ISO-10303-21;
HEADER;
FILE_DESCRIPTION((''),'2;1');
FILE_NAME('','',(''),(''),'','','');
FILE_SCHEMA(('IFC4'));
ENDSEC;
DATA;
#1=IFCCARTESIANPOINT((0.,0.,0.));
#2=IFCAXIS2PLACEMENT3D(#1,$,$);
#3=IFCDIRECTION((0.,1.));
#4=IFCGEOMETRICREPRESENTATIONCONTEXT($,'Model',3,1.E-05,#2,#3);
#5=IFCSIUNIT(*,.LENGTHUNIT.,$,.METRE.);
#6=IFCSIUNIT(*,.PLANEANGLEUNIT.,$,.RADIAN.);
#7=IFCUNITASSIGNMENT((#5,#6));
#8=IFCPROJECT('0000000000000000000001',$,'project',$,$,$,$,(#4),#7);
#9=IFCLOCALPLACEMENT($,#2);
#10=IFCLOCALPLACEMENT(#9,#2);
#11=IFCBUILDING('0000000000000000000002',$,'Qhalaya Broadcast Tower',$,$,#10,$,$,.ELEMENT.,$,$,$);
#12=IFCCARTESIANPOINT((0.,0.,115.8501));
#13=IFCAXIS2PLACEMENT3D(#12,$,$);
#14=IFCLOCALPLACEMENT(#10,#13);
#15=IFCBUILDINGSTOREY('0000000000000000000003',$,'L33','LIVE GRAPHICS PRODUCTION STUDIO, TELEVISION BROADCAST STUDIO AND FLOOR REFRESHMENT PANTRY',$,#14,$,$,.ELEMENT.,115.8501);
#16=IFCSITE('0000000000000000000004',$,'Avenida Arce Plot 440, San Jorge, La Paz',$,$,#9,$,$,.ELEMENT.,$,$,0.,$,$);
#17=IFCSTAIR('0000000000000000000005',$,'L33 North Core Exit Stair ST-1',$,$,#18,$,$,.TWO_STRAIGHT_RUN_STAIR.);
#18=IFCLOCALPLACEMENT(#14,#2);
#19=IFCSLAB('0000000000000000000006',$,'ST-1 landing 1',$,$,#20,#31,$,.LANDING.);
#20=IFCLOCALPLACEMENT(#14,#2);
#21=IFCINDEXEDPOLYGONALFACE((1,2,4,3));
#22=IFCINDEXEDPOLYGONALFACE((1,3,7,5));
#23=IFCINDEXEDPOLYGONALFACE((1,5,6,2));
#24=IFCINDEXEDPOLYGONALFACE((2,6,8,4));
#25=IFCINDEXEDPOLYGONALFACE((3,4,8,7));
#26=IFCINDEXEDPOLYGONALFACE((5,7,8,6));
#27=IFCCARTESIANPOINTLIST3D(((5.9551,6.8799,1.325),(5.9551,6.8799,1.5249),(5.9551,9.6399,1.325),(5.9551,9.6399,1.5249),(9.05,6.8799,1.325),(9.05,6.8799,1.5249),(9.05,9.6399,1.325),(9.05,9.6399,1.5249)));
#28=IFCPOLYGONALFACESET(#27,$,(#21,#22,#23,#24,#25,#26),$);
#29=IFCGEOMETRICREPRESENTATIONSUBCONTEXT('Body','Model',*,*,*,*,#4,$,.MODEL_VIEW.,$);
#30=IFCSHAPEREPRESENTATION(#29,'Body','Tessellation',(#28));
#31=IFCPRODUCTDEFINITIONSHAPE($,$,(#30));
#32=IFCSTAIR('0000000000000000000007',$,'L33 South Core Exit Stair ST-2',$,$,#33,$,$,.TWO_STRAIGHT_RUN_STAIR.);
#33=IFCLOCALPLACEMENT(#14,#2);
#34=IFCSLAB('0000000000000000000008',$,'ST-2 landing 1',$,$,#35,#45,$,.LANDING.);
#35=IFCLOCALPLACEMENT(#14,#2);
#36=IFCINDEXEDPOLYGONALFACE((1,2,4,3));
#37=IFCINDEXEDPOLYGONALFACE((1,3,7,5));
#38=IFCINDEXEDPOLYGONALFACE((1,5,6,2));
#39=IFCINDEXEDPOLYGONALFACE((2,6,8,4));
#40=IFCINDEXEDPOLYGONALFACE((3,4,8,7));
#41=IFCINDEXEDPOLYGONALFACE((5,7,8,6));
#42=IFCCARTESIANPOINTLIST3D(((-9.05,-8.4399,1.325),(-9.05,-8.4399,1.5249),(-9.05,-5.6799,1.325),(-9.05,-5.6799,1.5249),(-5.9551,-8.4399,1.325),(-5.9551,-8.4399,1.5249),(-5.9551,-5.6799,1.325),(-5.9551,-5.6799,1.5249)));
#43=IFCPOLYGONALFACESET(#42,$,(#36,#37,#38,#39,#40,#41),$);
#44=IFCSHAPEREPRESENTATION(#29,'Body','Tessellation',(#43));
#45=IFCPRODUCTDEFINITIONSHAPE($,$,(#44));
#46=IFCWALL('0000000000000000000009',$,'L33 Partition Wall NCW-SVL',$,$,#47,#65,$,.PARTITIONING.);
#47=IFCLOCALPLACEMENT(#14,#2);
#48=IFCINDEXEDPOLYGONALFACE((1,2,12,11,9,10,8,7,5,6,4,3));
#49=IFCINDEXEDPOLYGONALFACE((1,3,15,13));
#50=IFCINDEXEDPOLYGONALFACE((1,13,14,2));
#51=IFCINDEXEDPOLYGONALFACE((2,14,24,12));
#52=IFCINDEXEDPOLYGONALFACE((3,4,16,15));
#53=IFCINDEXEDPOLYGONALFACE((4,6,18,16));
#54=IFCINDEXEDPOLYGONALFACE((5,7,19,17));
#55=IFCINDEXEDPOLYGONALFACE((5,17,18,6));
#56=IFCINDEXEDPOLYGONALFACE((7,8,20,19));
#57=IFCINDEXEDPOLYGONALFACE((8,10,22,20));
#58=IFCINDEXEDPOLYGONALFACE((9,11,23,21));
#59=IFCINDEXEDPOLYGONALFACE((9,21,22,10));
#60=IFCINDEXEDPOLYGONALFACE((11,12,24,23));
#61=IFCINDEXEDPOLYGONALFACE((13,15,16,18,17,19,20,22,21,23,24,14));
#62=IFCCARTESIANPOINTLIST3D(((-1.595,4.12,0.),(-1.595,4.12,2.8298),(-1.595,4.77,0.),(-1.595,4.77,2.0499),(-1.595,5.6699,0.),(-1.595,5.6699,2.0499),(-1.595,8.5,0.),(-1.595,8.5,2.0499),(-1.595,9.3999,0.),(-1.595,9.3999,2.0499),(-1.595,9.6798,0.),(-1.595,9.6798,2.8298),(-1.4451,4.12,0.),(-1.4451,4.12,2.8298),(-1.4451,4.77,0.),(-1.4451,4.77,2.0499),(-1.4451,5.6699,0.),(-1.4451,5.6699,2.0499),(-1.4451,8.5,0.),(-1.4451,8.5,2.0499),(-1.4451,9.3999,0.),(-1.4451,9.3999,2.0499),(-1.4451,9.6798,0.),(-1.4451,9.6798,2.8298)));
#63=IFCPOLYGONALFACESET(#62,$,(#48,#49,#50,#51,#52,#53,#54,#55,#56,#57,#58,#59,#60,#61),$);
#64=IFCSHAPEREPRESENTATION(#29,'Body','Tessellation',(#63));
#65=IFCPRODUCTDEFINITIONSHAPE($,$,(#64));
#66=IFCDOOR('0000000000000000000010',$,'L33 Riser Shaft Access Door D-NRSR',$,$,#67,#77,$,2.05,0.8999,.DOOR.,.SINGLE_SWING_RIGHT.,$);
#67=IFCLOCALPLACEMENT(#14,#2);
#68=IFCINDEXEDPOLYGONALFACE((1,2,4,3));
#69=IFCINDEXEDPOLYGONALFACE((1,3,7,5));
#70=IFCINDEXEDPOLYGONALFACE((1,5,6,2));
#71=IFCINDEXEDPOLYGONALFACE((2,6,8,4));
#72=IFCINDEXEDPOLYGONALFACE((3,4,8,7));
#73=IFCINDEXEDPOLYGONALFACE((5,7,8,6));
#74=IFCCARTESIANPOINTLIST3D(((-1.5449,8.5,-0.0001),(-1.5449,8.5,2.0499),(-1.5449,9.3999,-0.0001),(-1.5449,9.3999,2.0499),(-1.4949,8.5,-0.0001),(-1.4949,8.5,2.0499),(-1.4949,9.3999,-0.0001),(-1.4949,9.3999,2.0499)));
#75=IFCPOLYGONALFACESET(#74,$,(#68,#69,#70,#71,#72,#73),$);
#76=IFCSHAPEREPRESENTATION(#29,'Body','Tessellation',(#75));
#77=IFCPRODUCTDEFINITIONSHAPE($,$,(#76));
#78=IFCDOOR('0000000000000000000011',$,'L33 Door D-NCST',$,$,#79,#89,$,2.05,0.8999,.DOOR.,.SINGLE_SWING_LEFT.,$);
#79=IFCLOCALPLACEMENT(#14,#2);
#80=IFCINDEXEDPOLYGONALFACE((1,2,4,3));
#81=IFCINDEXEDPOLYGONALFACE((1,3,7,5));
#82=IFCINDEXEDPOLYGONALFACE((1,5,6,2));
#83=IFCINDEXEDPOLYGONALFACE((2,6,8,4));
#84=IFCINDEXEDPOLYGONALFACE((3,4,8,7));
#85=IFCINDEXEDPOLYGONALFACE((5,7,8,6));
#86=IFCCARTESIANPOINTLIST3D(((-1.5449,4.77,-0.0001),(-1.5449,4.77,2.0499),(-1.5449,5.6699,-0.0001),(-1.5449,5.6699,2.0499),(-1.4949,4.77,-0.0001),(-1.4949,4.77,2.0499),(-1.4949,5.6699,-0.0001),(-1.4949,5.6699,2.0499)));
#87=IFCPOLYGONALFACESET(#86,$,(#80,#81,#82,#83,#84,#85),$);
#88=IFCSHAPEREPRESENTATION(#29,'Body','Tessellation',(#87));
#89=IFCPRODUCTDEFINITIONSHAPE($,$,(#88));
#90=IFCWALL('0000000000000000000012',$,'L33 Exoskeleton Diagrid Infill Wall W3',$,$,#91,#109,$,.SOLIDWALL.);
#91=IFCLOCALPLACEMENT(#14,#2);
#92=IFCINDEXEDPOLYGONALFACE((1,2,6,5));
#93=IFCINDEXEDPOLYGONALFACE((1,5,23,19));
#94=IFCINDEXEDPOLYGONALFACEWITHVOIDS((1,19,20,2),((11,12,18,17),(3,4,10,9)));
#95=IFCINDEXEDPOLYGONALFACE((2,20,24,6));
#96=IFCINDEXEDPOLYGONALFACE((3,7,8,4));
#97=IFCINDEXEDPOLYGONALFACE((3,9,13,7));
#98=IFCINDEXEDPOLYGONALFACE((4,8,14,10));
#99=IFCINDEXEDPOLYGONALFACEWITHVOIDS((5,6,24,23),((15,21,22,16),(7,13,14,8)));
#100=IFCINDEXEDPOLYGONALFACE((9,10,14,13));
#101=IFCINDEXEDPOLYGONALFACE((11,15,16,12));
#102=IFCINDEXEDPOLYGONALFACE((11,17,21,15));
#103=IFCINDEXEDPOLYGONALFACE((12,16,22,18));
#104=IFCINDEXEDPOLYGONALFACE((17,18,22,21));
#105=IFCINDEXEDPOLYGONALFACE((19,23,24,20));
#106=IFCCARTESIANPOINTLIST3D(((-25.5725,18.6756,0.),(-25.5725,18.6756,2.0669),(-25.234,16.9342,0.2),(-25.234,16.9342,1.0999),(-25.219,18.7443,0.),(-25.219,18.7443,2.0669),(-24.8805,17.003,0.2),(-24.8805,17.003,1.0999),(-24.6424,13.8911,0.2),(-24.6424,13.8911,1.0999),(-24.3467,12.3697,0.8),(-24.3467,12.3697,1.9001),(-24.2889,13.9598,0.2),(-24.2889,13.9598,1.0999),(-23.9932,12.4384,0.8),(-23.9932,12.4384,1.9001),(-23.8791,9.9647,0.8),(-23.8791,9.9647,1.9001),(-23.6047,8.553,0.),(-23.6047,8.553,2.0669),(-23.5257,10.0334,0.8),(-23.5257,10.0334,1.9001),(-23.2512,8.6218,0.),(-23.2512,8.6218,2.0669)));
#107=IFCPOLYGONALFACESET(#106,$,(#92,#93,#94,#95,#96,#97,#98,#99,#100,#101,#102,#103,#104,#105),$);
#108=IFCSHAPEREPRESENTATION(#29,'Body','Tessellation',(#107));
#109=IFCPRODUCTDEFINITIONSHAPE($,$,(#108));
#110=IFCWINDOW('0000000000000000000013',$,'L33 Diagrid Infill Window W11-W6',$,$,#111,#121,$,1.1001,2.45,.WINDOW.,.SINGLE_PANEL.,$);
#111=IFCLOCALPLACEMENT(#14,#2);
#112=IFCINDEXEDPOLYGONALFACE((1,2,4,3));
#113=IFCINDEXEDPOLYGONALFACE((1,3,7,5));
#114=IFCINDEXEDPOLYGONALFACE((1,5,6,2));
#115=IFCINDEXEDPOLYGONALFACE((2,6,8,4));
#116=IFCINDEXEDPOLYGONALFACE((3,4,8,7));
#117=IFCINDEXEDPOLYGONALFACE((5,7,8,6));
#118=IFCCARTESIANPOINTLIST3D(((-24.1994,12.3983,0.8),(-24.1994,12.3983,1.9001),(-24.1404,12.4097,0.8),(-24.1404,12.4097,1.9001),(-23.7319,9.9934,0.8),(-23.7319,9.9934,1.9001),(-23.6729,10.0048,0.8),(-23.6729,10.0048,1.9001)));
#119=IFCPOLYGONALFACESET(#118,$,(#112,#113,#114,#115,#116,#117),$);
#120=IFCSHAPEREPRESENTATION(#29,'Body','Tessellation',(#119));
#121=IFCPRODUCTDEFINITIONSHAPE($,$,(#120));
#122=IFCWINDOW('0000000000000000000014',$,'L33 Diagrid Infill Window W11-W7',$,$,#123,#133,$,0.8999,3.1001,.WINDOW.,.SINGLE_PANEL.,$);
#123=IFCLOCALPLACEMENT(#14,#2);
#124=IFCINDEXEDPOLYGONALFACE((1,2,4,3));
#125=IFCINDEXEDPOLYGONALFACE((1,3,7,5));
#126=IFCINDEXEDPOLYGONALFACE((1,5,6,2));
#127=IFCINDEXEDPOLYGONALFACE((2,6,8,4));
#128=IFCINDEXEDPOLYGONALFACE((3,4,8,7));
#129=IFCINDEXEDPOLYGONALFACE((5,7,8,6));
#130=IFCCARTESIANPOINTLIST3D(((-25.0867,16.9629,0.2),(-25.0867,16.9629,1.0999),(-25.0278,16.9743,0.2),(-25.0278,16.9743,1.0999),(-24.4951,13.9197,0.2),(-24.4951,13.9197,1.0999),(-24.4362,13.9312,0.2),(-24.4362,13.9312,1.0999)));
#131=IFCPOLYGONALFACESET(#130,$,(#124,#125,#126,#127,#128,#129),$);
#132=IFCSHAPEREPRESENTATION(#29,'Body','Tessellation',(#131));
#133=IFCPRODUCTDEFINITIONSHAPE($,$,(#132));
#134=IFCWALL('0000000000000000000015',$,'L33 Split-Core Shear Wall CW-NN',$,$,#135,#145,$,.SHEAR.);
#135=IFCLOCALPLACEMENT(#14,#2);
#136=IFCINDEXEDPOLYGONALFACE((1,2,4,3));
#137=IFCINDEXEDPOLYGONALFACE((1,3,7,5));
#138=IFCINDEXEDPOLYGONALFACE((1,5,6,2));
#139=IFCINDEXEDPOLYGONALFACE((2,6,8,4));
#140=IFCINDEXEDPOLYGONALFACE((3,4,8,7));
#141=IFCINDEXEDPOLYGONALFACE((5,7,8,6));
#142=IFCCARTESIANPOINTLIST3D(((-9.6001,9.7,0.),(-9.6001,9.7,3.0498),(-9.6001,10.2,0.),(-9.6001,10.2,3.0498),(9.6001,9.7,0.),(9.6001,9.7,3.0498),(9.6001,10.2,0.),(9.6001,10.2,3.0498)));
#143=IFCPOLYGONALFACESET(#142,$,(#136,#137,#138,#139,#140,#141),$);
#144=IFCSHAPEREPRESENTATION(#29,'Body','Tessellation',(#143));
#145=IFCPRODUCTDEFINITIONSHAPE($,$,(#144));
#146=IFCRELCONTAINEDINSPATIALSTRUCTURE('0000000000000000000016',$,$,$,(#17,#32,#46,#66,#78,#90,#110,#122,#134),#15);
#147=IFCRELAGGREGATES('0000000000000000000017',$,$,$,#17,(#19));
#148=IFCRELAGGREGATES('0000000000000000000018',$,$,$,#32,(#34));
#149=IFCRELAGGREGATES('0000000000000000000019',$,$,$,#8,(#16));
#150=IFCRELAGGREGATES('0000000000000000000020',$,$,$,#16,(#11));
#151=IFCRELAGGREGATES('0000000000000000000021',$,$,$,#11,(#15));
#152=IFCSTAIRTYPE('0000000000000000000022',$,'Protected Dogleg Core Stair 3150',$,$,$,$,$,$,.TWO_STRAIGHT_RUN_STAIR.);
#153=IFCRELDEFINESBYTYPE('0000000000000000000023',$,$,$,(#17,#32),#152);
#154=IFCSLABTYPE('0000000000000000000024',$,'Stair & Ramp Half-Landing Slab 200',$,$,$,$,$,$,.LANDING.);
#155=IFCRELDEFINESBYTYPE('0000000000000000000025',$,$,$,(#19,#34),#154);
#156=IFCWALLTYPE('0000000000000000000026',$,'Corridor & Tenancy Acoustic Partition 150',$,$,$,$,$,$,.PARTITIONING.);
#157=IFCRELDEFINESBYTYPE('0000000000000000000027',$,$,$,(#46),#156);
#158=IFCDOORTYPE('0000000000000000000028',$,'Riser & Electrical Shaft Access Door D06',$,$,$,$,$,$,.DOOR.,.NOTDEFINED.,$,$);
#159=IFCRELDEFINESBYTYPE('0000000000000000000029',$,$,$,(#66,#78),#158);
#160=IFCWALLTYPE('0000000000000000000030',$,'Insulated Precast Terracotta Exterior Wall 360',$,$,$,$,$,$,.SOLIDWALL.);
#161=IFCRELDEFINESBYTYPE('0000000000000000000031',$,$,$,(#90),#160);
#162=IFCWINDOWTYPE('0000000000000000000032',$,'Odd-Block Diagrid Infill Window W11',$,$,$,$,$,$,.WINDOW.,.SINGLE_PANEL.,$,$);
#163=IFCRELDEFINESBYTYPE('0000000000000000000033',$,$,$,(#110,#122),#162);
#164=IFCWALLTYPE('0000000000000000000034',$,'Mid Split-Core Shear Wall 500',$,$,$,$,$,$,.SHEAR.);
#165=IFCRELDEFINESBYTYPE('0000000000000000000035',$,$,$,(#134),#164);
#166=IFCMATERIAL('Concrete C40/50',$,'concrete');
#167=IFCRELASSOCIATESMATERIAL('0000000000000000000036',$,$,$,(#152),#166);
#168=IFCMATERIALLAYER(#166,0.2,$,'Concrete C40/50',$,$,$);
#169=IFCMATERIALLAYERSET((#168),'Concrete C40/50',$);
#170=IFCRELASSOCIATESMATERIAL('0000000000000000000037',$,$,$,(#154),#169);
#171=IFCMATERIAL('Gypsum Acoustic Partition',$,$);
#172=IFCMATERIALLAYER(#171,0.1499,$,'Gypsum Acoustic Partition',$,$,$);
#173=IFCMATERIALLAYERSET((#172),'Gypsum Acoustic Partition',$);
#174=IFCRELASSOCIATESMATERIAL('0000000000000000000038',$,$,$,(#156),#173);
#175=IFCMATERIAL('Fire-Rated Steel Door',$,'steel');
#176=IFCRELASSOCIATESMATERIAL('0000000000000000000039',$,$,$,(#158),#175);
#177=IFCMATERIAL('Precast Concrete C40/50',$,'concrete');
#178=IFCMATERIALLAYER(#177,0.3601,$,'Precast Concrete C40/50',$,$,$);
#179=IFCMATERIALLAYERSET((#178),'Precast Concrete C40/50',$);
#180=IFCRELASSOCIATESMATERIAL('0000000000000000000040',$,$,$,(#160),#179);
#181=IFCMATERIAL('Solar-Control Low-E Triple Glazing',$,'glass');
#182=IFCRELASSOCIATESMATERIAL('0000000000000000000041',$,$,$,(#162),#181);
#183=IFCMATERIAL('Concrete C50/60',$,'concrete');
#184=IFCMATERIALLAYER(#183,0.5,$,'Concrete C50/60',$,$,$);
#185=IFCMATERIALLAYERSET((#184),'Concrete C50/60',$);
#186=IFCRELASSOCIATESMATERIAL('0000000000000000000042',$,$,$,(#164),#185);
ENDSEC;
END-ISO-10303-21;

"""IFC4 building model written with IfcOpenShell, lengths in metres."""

from ifc_helpers import new_model, si_unit, direction, frame, frame_2d, origin, place, context, subcontext, project, spatial, polyline, rectangle, outline, extrude, material, layer, layer_set, type_object, element, fill, aggregate, save


model = new_model("IFC4")

# Units and contexts
model_context = context("Model", 3, precision=1e-05, world=origin(), true_north=direction((0.0, 1.0)))
body_context = subcontext(model_context, "Body", "Model", "MODEL_VIEW")
ifc_project = project(units=[si_unit("LENGTHUNIT", "METRE"), si_unit("PLANEANGLEUNIT", "RADIAN")], contexts=[model_context])

# Site, building, storey
site_placement = place(None, origin())
site = spatial("IfcSite", under=ifc_project, at=site_placement, Name="Avenida Arce Plot 440, San Jorge, La Paz", CompositionType="ELEMENT", RefElevation=0.0)
building_placement = place(site_placement, origin())
building = spatial("IfcBuilding", under=site, at=building_placement, Name="Qhalaya Broadcast Tower", CompositionType="ELEMENT")
storey_placement = place(building_placement, frame((0.0, 0.0, 115.8501)))
storey = spatial("IfcBuildingStorey", under=building, at=storey_placement, Name="L33", Description="LIVE GRAPHICS PRODUCTION STUDIO, TELEVISION BROADCAST STUDIO AND FLOOR REFRESHMENT PANTRY", CompositionType="ELEMENT", Elevation=115.8501)

# Shared definitions
ifc_material_1 = material(Name="Concrete C50/60", Category="concrete")

# Stairs, slabs
ifc_material_2 = material(Name="Concrete C40/50", Category="concrete")
stair_type = type_object("IfcStairType", Name="Protected Dogleg Core Stair 3150", PredefinedType="TWO_STRAIGHT_RUN_STAIR", material=ifc_material_2)
stair_1_placement = place(storey_placement, origin())
stair_1 = element("IfcStair", 1, at=stair_1_placement, inside=storey, type_object=stair_type, Name="L33 North Core Exit Stair ST-1", PredefinedType="TWO_STRAIGHT_RUN_STAIR")
ifc_layer_1 = layer(ifc_material_2, 0.2, Name="Concrete C40/50")
ifc_layer_set_1 = layer_set([ifc_layer_1], Name="Concrete C40/50")
slab_type = type_object("IfcSlabType", Name="Stair & Ramp Half-Landing Slab 200", PredefinedType="LANDING", material=ifc_layer_set_1)
slab_1_placement = place(storey_placement, frame((0.0, 0.0, 1.325)))
slab_1 = element("IfcSlab", 2, at=slab_1_placement, type_object=slab_type, Name="ST-1 landing 1", PredefinedType="LANDING", context=body_context, shape_type="SweptSolid", body=[
    extrude(outline(polyline([(5.9551, 6.8799), (9.05, 6.8799), (9.05, 9.6399), (5.9551, 9.6399), (5.9551, 6.8799)])), origin(), (0.0, 0.0, 1.0), 0.2),
])
aggregate(stair_1, [slab_1])
stair_2_placement = place(storey_placement, origin())
stair_2 = element("IfcStair", 3, at=stair_2_placement, inside=storey, type_object=stair_type, Name="L33 South Core Exit Stair ST-2", PredefinedType="TWO_STRAIGHT_RUN_STAIR")
slab_2_placement = place(storey_placement, frame((0.0, 0.0, 1.325)))
slab_2 = element("IfcSlab", 4, at=slab_2_placement, type_object=slab_type, Name="ST-2 landing 1", PredefinedType="LANDING", context=body_context, shape_type="SweptSolid", body=[
    extrude(outline(polyline([(-5.9551, -5.6799), (-9.05, -5.6799), (-9.05, -8.4399), (-5.9551, -8.4399), (-5.9551, -5.6799)])), origin(), (0.0, 0.0, 1.0), 0.2),
])
aggregate(stair_2, [slab_2])

# Wall, openings, doors
ifc_material_3 = material(Name="Gypsum Acoustic Partition")
ifc_layer_2 = layer(ifc_material_3, 0.1499, Name="Gypsum Acoustic Partition")
ifc_layer_set_2 = layer_set([ifc_layer_2], Name="Gypsum Acoustic Partition")
wall_type_1 = type_object("IfcWallType", Name="Corridor & Tenancy Acoustic Partition 150", PredefinedType="PARTITIONING", material=ifc_layer_set_2)
wall_1_placement = place(storey_placement, frame((-1.52, 4.1201, 0.0), z_axis=(0.0, 0.0, 1.0), x_axis=(0.0, 1.0, 0.0)))
wall_1 = element("IfcWall", 5, at=wall_1_placement, inside=storey, type_object=wall_type_1, Name="L33 Partition Wall NCW-SVL", PredefinedType="PARTITIONING", context=body_context, shape_type="SweptSolid", body=[
    extrude(rectangle(XDim=5.5598, YDim=0.1499, at=frame_2d((2.7798, 0.0))), origin(), (0.0, 0.0, 1.0), 2.8298),
])
opening_1_placement = place(wall_1_placement, frame((4.3799, 0.0, 0.0)))
opening_1 = element("IfcOpeningElement", 6, at=opening_1_placement, cuts=wall_1, PredefinedType="OPENING", context=body_context, shape_type="SweptSolid", body=[
    extrude(rectangle(XDim=0.8999, YDim=2.05, at=frame_2d((0.45, 1.0249))), frame((0.0, 0.0869, 0.0), z_axis=(0.0, -1.0, 0.0), x_axis=(1.0, 0.0, 0.0)), (0.0, 0.0, 1.0), 0.1738),
])
opening_2_placement = place(wall_1_placement, frame((0.6499, 0.0, 0.0)))
opening_2 = element("IfcOpeningElement", 7, at=opening_2_placement, cuts=wall_1, PredefinedType="OPENING", context=body_context, shape_type="SweptSolid", body=[
    extrude(rectangle(XDim=0.8999, YDim=2.05, at=frame_2d((0.45, 1.0249))), frame((0.0, 0.0869, 0.0), z_axis=(0.0, -1.0, 0.0), x_axis=(1.0, 0.0, 0.0)), (0.0, 0.0, 1.0), 0.1738),
])
ifc_material_4 = material(Name="Fire-Rated Steel Door", Category="steel")
door_type_1 = type_object("IfcDoorType", Name="Riser & Electrical Shaft Access Door D06", OperationType="NOTDEFINED", PredefinedType="DOOR", material=ifc_material_4)
door_1_placement = place(opening_1_placement, origin())
door_1 = element("IfcDoor", 8, at=door_1_placement, inside=storey, type_object=door_type_1, Name="L33 Riser Shaft Access Door D-NRSR", OperationType="SINGLE_SWING_RIGHT", OverallHeight=2.05, OverallWidth=0.8999, PredefinedType="DOOR", context=body_context, shape_type="SweptSolid", body=[
    extrude(rectangle(XDim=0.8999, YDim=2.05, at=frame_2d((0.45, 1.0249))), frame((0.0, 0.0249, 0.0), z_axis=(0.0, -1.0, 0.0), x_axis=(1.0, 0.0, 0.0)), (0.0, 0.0, 1.0), 0.05),
])
fill(opening_1, door_1)
door_2_placement = place(opening_2_placement, origin())
door_2 = element("IfcDoor", 9, at=door_2_placement, inside=storey, type_object=door_type_1, Name="L33 Door D-NCST", OperationType="SINGLE_SWING_LEFT", OverallHeight=2.05, OverallWidth=0.8999, PredefinedType="DOOR", context=body_context, shape_type="SweptSolid", body=[
    extrude(rectangle(XDim=0.8999, YDim=2.05, at=frame_2d((0.45, 1.0249))), frame((0.0, 0.0249, 0.0), z_axis=(0.0, -1.0, 0.0), x_axis=(1.0, 0.0, 0.0)), (0.0, 0.0, 1.0), 0.05),
])
fill(opening_2, door_2)

# Wall, openings, windows
ifc_material_5 = material(Name="Precast Concrete C40/50", Category="concrete")
ifc_layer_3 = layer(ifc_material_5, 0.3601, Name="Precast Concrete C40/50")
ifc_layer_set_3 = layer_set([ifc_layer_3], Name="Precast Concrete C40/50")
wall_type_2 = type_object("IfcWallType", Name="Insulated Precast Terracotta Exterior Wall 360", PredefinedType="SOLIDWALL", material=ifc_layer_set_3)
wall_2_placement = place(storey_placement, frame((-23.428, 8.5874, 0.0), z_axis=(0.0, 0.0, 1.0), x_axis=(-0.190823, 0.981625, 0.0)))
wall_2 = element("IfcWall", 10, at=wall_2_placement, inside=storey, type_object=wall_type_2, Name="L33 Exoskeleton Diagrid Infill Wall W3", PredefinedType="SOLIDWALL", context=body_context, shape_type="SweptSolid", body=[
    extrude(rectangle(XDim=10.312, YDim=0.3601, at=frame_2d((5.156, 0.0))), origin(), (0.0, 0.0, 1.0), 2.0669),
])
opening_3_placement = place(wall_2_placement, frame((1.438, 0.0, 0.8)))
opening_3 = element("IfcOpeningElement", 11, at=opening_3_placement, cuts=wall_2, PredefinedType="OPENING", context=body_context, shape_type="SweptSolid", body=[
    extrude(rectangle(XDim=2.45, YDim=1.1001, at=frame_2d((1.2251, 0.55))), frame((0.0, 0.1921, 0.0), z_axis=(0.0, -1.0, 0.0), x_axis=(1.0, 0.0, 0.0)), (0.0, 0.0, 1.0), 0.384),
])
opening_4_placement = place(wall_2_placement, frame((5.438, 0.0, 0.2)))
opening_4 = element("IfcOpeningElement", 12, at=opening_4_placement, cuts=wall_2, PredefinedType="OPENING", context=body_context, shape_type="SweptSolid", body=[
    extrude(rectangle(XDim=3.1001, YDim=0.8999, at=frame_2d((1.55, 0.45))), frame((0.0, 0.1921, 0.0), z_axis=(0.0, -1.0, 0.0), x_axis=(1.0, 0.0, 0.0)), (0.0, 0.0, 1.0), 0.384),
])
ifc_material_6 = material(Name="Solar-Control Low-E Triple Glazing", Category="glass")
window_type = type_object("IfcWindowType", Name="Odd-Block Diagrid Infill Window W11", PartitioningType="SINGLE_PANEL", PredefinedType="WINDOW", material=ifc_material_6)
window_1_placement = place(opening_3_placement, origin())
window_1 = element("IfcWindow", 13, at=window_1_placement, inside=storey, type_object=window_type, Name="L33 Diagrid Infill Window W11-W6", OverallHeight=1.1001, OverallWidth=2.45, PartitioningType="SINGLE_PANEL", PredefinedType="WINDOW", context=body_context, shape_type="SweptSolid", body=[
    extrude(rectangle(XDim=2.45, YDim=1.1001, at=frame_2d((1.2251, 0.55))), frame((0.0, 0.03, 0.0), z_axis=(0.0, -1.0, 0.0), x_axis=(1.0, 0.0, 0.0)), (0.0, 0.0, 1.0), 0.0601),
])
fill(opening_3, window_1)
window_2_placement = place(opening_4_placement, origin())
window_2 = element("IfcWindow", 14, at=window_2_placement, inside=storey, type_object=window_type, Name="L33 Diagrid Infill Window W11-W7", OverallHeight=0.8999, OverallWidth=3.1001, PartitioningType="SINGLE_PANEL", PredefinedType="WINDOW", context=body_context, shape_type="SweptSolid", body=[
    extrude(rectangle(XDim=3.1001, YDim=0.8999, at=frame_2d((1.55, 0.45))), frame((0.0, 0.03, 0.0), z_axis=(0.0, -1.0, 0.0), x_axis=(1.0, 0.0, 0.0)), (0.0, 0.0, 1.0), 0.0601),
])
fill(opening_4, window_2)

# Wall
ifc_layer_4 = layer(ifc_material_1, 0.5, Name="Concrete C50/60")
ifc_layer_set_4 = layer_set([ifc_layer_4], Name="Concrete C50/60")
wall_type_3 = type_object("IfcWallType", Name="Mid Split-Core Shear Wall 500", PredefinedType="SHEAR", material=ifc_layer_set_4)
wall_3_placement = place(storey_placement, frame((-9.6001, 9.95, 0.0), z_axis=(0.0, 0.0, 1.0), x_axis=(1.0, 0.0, 0.0)))
element("IfcWall", 15, at=wall_3_placement, inside=storey, type_object=wall_type_3, Name="L33 Split-Core Shear Wall CW-NN", PredefinedType="SHEAR", context=body_context, shape_type="SweptSolid", body=[
    extrude(rectangle(XDim=19.2002, YDim=0.5, at=frame_2d((9.6001, 0.0))), origin(), (0.0, 0.0, 1.0), 3.0498),
])

save(model, "model.ifc")
